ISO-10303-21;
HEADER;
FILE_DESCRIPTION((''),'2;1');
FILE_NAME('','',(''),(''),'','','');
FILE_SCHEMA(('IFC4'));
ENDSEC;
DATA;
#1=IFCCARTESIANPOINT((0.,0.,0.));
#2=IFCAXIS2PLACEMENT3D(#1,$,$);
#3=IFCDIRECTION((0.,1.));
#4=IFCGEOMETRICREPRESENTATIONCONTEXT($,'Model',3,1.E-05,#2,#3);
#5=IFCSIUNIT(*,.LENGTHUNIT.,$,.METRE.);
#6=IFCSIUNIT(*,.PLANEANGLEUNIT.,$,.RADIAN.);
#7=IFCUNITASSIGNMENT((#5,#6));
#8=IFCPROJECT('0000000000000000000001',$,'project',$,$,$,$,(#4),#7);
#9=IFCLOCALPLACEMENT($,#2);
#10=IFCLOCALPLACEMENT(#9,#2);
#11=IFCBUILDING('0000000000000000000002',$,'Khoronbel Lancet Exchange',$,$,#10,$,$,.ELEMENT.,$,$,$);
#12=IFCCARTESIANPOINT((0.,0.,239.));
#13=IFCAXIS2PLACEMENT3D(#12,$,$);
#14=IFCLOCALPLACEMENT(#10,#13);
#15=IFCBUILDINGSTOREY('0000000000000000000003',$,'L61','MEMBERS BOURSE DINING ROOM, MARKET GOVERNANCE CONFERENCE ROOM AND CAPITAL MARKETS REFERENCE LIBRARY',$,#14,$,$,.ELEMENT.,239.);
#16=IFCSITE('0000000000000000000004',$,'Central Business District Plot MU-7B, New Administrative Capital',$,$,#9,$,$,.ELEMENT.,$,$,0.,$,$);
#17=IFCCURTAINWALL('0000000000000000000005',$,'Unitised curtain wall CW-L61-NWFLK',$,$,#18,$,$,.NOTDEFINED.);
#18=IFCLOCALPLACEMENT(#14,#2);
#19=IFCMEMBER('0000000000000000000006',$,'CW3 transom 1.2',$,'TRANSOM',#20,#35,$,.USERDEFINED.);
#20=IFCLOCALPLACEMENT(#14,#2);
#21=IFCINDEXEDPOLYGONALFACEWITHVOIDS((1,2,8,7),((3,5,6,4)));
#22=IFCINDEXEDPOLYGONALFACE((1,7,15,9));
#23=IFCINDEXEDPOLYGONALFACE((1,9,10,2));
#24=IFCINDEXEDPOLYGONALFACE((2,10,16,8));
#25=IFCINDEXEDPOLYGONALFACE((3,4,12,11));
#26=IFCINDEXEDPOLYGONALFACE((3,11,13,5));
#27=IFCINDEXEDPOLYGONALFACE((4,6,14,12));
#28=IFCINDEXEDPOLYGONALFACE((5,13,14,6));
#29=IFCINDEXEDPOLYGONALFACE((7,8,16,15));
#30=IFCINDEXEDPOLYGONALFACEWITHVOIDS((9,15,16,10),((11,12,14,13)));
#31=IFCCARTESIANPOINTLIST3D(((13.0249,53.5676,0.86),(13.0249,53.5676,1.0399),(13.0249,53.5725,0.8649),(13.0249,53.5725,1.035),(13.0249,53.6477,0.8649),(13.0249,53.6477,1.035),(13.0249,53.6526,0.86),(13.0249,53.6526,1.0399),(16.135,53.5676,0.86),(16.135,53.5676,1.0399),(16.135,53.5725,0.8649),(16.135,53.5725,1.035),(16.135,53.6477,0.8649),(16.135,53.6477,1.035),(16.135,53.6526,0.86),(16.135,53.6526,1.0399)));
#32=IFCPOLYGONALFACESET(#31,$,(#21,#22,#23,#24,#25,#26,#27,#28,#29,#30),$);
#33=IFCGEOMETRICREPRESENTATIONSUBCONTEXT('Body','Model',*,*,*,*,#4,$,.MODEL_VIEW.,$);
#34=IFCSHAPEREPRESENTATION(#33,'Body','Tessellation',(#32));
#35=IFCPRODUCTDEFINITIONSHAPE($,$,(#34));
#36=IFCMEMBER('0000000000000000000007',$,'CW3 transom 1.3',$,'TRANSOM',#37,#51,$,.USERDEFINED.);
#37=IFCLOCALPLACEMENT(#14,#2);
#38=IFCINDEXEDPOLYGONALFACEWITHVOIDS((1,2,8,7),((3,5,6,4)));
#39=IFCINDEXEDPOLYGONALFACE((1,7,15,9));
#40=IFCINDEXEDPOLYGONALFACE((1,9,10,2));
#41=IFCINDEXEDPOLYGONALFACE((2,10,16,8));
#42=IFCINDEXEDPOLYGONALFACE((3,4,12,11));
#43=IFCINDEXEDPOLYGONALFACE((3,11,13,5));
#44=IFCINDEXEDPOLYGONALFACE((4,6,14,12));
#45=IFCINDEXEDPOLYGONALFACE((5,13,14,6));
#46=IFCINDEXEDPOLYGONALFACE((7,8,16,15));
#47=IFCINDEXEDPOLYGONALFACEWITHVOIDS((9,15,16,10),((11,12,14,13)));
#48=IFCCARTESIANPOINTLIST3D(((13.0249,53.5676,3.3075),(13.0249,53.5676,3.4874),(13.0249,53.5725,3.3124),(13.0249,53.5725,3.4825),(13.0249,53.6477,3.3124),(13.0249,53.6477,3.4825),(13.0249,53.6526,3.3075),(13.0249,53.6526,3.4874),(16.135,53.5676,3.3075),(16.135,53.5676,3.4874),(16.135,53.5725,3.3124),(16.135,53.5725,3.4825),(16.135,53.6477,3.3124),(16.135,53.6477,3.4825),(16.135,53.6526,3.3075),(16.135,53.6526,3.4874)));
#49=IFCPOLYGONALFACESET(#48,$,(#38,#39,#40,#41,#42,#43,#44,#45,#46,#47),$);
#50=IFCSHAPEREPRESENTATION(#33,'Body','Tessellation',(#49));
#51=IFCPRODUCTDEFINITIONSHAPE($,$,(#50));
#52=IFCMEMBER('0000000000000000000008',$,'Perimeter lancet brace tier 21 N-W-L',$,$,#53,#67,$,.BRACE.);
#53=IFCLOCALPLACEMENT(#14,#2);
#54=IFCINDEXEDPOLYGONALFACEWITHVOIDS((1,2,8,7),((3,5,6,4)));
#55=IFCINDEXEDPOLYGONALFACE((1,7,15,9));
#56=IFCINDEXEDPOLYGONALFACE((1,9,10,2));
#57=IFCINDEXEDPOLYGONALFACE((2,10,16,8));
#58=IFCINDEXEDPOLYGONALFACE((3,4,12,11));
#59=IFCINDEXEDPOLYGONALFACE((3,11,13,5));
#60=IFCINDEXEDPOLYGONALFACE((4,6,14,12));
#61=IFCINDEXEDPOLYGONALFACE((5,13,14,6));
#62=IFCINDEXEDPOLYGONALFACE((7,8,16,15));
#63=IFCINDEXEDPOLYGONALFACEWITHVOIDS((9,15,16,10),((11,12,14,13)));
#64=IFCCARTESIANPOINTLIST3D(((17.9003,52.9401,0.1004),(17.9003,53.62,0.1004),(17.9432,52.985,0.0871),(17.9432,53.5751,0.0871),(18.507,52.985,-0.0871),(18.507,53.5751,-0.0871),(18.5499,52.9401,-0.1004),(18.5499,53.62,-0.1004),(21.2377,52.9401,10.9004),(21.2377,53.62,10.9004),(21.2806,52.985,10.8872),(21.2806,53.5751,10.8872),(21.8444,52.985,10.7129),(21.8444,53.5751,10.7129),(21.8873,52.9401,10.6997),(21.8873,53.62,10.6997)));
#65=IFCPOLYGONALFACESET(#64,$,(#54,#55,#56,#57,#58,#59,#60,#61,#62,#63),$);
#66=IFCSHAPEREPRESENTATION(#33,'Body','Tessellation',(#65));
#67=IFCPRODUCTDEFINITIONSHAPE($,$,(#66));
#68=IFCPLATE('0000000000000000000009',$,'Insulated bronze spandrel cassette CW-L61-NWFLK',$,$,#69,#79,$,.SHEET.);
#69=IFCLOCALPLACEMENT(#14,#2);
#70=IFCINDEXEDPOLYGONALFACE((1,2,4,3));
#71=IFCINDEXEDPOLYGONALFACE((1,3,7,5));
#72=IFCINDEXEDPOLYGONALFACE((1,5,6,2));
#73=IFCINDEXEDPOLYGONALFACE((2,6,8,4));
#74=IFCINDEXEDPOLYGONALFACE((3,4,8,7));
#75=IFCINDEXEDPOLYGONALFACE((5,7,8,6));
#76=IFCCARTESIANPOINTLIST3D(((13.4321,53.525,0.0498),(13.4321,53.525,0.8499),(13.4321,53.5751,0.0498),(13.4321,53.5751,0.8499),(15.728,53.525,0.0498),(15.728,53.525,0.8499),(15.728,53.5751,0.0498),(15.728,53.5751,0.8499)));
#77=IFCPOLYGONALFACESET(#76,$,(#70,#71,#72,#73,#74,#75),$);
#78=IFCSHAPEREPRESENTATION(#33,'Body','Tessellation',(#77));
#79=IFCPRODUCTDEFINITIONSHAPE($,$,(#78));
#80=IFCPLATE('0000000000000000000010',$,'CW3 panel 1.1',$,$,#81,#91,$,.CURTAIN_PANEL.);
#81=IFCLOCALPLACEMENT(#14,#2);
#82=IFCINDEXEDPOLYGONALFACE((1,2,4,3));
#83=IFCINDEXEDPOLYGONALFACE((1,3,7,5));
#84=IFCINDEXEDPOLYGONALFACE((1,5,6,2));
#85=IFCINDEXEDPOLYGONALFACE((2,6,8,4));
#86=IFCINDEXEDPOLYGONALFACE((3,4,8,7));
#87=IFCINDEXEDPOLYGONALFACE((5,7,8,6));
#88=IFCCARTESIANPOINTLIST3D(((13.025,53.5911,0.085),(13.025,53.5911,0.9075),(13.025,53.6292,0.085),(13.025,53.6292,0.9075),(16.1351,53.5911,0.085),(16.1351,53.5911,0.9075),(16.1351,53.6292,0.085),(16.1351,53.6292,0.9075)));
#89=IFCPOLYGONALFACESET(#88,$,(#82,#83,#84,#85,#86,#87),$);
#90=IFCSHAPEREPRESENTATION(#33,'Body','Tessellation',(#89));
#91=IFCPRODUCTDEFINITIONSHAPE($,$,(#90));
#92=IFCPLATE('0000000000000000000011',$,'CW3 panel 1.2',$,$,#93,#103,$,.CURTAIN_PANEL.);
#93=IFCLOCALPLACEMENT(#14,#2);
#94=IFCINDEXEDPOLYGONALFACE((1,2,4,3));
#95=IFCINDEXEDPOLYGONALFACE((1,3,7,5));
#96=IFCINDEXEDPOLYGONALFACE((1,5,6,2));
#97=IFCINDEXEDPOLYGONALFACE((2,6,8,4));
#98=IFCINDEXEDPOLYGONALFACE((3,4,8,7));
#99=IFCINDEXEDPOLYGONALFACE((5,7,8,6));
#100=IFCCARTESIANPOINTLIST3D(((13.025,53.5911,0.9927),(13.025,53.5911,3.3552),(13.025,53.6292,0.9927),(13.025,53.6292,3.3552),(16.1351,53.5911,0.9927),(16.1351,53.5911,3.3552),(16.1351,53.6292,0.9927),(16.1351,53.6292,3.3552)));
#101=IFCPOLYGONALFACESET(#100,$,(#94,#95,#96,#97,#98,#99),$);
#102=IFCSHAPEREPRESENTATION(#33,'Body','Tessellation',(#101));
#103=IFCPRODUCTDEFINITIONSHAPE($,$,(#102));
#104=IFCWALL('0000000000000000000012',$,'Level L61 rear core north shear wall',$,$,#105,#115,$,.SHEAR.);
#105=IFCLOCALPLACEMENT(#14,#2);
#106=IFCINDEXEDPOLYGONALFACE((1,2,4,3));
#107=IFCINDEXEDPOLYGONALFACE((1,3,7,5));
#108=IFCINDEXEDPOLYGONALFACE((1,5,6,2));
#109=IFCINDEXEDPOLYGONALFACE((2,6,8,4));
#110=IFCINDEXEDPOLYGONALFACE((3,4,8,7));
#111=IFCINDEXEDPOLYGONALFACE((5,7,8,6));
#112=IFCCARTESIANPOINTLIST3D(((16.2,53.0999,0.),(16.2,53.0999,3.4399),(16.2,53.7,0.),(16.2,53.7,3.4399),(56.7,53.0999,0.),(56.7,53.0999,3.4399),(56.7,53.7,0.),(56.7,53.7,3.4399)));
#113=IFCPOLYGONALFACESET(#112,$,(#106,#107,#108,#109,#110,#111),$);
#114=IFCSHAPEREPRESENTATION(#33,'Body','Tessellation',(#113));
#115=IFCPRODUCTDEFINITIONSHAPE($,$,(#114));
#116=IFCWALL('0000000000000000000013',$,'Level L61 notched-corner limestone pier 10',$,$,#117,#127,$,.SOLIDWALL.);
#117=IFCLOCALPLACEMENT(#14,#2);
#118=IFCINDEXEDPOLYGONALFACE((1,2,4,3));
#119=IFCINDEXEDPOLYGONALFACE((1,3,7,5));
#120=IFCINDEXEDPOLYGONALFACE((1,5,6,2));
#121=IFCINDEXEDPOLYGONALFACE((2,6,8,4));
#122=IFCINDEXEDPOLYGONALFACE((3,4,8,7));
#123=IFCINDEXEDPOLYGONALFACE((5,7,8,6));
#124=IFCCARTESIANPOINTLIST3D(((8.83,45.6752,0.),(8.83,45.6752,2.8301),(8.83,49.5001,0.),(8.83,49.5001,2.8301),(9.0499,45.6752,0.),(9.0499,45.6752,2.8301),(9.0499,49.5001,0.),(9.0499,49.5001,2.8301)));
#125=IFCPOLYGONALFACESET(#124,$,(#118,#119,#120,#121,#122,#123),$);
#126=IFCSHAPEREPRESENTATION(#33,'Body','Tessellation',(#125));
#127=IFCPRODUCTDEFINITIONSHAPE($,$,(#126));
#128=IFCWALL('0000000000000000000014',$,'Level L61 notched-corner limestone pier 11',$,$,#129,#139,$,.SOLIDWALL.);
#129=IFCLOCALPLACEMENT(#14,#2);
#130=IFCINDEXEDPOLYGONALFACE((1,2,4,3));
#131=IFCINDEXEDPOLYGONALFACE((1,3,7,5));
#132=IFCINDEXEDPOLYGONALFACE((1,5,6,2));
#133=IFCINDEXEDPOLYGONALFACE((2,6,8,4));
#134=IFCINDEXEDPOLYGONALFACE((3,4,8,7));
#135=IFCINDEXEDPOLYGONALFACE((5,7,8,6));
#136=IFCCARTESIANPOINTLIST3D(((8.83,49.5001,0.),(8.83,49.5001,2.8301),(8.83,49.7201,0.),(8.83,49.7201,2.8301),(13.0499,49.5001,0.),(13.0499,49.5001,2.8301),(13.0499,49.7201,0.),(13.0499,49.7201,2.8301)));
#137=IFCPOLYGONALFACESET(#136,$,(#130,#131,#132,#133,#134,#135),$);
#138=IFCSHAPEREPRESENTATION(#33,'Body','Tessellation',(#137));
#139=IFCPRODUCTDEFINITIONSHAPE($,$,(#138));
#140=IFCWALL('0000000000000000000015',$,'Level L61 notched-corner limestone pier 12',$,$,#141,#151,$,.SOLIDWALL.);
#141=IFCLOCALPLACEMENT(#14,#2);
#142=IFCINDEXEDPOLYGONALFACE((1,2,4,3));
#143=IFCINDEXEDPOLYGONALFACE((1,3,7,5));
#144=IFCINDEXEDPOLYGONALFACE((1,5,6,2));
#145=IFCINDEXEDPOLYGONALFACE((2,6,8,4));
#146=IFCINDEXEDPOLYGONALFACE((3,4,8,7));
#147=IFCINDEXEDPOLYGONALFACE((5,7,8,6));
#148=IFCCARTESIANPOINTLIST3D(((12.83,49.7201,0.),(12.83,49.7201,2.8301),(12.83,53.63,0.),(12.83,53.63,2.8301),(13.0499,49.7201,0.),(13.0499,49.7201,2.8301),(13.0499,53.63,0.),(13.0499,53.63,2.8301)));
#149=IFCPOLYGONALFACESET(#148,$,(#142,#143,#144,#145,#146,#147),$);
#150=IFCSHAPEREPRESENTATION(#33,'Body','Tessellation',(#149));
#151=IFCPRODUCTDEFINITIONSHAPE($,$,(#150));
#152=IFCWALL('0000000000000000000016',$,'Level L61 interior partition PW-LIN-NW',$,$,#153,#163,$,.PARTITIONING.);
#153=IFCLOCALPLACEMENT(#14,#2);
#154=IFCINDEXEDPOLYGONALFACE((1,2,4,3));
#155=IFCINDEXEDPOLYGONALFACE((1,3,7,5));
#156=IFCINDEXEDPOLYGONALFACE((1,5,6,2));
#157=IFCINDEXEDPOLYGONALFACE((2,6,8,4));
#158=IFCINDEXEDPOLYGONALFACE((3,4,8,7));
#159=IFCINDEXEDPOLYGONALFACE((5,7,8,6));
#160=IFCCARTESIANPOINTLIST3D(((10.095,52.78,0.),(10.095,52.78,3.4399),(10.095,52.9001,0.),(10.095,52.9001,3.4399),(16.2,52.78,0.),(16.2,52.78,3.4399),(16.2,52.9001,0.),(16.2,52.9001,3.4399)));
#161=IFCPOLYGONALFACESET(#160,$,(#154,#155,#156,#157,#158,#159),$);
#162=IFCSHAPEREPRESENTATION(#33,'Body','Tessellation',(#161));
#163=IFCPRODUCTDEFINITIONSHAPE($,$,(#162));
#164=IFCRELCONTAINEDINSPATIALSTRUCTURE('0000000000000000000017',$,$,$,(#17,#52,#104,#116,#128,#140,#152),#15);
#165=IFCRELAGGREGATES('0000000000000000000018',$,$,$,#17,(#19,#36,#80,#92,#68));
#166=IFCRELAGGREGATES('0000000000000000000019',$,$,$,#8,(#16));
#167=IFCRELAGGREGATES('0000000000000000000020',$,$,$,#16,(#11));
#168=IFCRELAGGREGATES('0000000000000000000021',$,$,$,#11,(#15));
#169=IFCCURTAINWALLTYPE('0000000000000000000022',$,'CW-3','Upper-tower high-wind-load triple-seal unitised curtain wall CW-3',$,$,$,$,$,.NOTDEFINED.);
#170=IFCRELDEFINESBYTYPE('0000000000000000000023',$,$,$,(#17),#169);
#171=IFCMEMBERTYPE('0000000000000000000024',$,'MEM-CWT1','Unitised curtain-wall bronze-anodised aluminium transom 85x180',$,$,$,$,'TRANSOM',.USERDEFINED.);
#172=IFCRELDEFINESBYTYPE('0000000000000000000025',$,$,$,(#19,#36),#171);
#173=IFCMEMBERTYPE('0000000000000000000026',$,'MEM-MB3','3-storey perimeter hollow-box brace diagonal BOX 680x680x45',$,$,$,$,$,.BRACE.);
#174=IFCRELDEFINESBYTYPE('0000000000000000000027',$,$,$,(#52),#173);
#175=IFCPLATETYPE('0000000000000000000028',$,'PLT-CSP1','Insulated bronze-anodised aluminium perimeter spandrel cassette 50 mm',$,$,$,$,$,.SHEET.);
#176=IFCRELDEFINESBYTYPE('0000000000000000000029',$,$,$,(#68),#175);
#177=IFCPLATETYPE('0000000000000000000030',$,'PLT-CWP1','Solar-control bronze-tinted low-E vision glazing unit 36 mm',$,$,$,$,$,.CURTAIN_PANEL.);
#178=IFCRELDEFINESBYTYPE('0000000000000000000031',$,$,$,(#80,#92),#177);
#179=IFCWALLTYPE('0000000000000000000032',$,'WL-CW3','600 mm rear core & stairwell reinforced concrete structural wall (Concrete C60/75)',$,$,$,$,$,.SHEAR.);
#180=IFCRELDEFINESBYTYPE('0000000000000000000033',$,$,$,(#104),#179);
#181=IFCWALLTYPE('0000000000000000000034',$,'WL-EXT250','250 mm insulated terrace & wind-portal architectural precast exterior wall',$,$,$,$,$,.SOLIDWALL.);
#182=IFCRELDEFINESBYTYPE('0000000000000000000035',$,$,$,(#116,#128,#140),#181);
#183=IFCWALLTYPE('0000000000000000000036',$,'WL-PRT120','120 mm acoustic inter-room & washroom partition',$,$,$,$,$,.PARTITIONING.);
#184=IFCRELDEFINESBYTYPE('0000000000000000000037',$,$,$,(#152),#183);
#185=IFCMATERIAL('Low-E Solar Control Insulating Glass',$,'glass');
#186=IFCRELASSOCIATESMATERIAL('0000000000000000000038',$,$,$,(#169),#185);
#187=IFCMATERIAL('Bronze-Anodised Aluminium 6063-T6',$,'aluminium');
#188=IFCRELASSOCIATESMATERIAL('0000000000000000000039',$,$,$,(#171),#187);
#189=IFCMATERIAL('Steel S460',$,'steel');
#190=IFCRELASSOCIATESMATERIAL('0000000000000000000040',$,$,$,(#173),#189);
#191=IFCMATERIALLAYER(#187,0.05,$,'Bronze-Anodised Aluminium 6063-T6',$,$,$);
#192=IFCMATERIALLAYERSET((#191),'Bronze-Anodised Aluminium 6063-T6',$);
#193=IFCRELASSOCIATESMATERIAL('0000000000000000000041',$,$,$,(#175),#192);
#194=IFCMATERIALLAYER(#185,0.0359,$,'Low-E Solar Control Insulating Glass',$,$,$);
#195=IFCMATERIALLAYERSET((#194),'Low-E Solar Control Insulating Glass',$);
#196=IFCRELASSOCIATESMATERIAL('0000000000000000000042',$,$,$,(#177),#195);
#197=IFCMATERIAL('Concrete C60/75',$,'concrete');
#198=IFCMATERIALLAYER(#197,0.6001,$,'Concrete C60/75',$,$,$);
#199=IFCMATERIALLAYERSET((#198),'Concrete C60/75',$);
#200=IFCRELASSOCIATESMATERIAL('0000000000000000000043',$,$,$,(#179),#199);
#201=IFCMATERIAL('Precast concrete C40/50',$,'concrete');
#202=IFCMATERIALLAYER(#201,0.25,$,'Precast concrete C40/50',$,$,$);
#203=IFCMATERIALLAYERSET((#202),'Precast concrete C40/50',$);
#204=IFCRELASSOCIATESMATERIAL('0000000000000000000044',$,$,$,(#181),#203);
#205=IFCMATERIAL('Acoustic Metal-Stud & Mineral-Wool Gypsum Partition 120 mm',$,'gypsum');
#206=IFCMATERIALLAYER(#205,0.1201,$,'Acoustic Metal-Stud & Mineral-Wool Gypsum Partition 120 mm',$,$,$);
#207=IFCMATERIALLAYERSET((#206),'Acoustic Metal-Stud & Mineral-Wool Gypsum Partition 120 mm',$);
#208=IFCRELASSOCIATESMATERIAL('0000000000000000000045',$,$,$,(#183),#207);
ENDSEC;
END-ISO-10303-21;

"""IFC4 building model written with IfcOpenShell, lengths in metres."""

from ifc_helpers import new_model, si_unit, direction, frame, frame_2d, origin, origin_2d, place, context, subcontext, project, spatial, rectangle, hollow_rectangle, extrude, material, layer, layer_set, material_profile, profile_set, type_object, element, aggregate, save


model = new_model("IFC4")

# Units and contexts
model_context = context("Model", 3, precision=1e-05, world=origin(), true_north=direction((0.0, 1.0)))
body_context = subcontext(model_context, "Body", "Model", "MODEL_VIEW")
ifc_project = project(units=[si_unit("LENGTHUNIT", "METRE"), si_unit("PLANEANGLEUNIT", "RADIAN")], contexts=[model_context])

# Site, building, storey
site_placement = place(None, origin())
site = spatial("IfcSite", under=ifc_project, at=site_placement, Name="Central Business District Plot MU-7B, New Administrative Capital", CompositionType="ELEMENT", RefElevation=0.0)
building_placement = place(site_placement, origin())
building = spatial("IfcBuilding", under=site, at=building_placement, Name="Khoronbel Lancet Exchange", CompositionType="ELEMENT")
storey_placement = place(building_placement, frame((0.0, 0.0, 239.0)))
storey = spatial("IfcBuildingStorey", under=building, at=storey_placement, Name="L61", Description="MEMBERS BOURSE DINING ROOM, MARKET GOVERNANCE CONFERENCE ROOM AND CAPITAL MARKETS REFERENCE LIBRARY", CompositionType="ELEMENT", Elevation=239.0)

# Shared definitions
ifc_material_1 = material(Name="Steel S460", Category="steel")

# Curtain wall
ifc_material_2 = material(Name="Low-E Solar Control Insulating Glass", Category="glass")
curtain_wall_type_1 = type_object("IfcCurtainWallType", Name="CW-3", Description="Upper-tower high-wind-load triple-seal unitised curtain wall CW-3", PredefinedType="NOTDEFINED", material=ifc_material_2)
curtain_wall_1_placement = place(storey_placement, origin())
curtain_wall_1 = element("IfcCurtainWall", 1, at=curtain_wall_1_placement, inside=storey, type_object=curtain_wall_type_1, Name="Unitised curtain wall CW-L61-NWFLK", PredefinedType="NOTDEFINED")
ifc_material_3 = material(Name="Bronze-Anodised Aluminium 6063-T6", Category="aluminium")

# Members
ifc_material_profile_1 = material_profile(ifc_material_3, hollow_rectangle(XDim=0.085, YDim=0.1799, WallThickness=0.0049, at=origin_2d()), Name="ALU TRANSOM 85x180")
ifc_profile_set_1 = profile_set([ifc_material_profile_1], Name="Bronze-Anodised Aluminium 6063-T6")
member_type_1 = type_object("IfcMemberType", Name="MEM-CWT1", Description="Unitised curtain-wall bronze-anodised aluminium transom 85x180", ElementType="TRANSOM", PredefinedType="USERDEFINED", material=ifc_profile_set_1)
member_1_placement = place(storey_placement, frame((16.135, 53.6101, 0.95), z_axis=(-1.0, 0.0, 0.0), x_axis=(0.0, -1.0, 0.0)))
member_1 = element("IfcMember", 2, at=member_1_placement, type_object=member_type_1, Name="CW3 transom 1.2", ObjectType="TRANSOM", PredefinedType="USERDEFINED", context=body_context, shape_type="SweptSolid", body=[
    extrude(hollow_rectangle(XDim=0.085, YDim=0.1799, WallThickness=0.0049, at=origin_2d()), origin(), (0.0, 0.0, 1.0), 3.1101),
])
member_2_placement = place(storey_placement, frame((16.135, 53.6101, 3.3975), z_axis=(-1.0, 0.0, 0.0), x_axis=(0.0, -1.0, 0.0)))
member_2 = element("IfcMember", 3, at=member_2_placement, type_object=member_type_1, Name="CW3 transom 1.3", ObjectType="TRANSOM", PredefinedType="USERDEFINED", context=body_context, shape_type="SweptSolid", body=[
    extrude(hollow_rectangle(XDim=0.085, YDim=0.1799, WallThickness=0.0049, at=origin_2d()), origin(), (0.0, 0.0, 1.0), 3.1101),
])
ifc_material_profile_2 = material_profile(ifc_material_1, hollow_rectangle(XDim=0.6799, YDim=0.6799, WallThickness=0.0449, at=origin_2d()), Name="BOX 680x680x45")
ifc_profile_set_2 = profile_set([ifc_material_profile_2], Name="Steel S460")
member_type_2 = type_object("IfcMemberType", Name="MEM-MB3", Description="3-storey perimeter hollow-box brace diagonal BOX 680x680x45", PredefinedType="BRACE", material=ifc_profile_set_2)
member_3_placement = place(storey_placement, frame((18.2251, 53.28, 0.0), z_axis=(0.295242, 0.0, 0.955422), x_axis=(0.0, 1.0, 0.0)))
element("IfcMember", 4, at=member_3_placement, inside=storey, type_object=member_type_2, Name="Perimeter lancet brace tier 21 N-W-L", PredefinedType="BRACE", context=body_context, shape_type="SweptSolid", body=[
    extrude(hollow_rectangle(XDim=0.6799, YDim=0.6799, WallThickness=0.0449, at=origin_2d()), origin(), (0.0, 0.0, 1.0), 11.304),
])

# Plates
ifc_layer_1 = layer(ifc_material_3, 0.05, Name="Bronze-Anodised Aluminium 6063-T6")
ifc_layer_set_1 = layer_set([ifc_layer_1], Name="Bronze-Anodised Aluminium 6063-T6")
plate_type_1 = type_object("IfcPlateType", Name="PLT-CSP1", Description="Insulated bronze-anodised aluminium perimeter spandrel cassette 50 mm", PredefinedType="SHEET", material=ifc_layer_set_1)
plate_1_placement = place(storey_placement, frame((14.5801, 53.55, 0.0498), z_axis=(0.0, 0.0, 1.0), x_axis=(-1.0, 0.0, 0.0)))
plate_1 = element("IfcPlate", 5, at=plate_1_placement, type_object=plate_type_1, Name="Insulated bronze spandrel cassette CW-L61-NWFLK", PredefinedType="SHEET", context=body_context, shape_type="SweptSolid", body=[
    extrude(rectangle(XDim=2.2959, YDim=0.05, at=origin_2d()), origin(), (0.0, 0.0, 1.0), 0.8),
])
ifc_layer_2 = layer(ifc_material_2, 0.0359, Name="Low-E Solar Control Insulating Glass")
ifc_layer_set_2 = layer_set([ifc_layer_2], Name="Low-E Solar Control Insulating Glass")
plate_type_2 = type_object("IfcPlateType", Name="PLT-CWP1", Description="Solar-control bronze-tinted low-E vision glazing unit 36 mm", PredefinedType="CURTAIN_PANEL", material=ifc_layer_set_2)
plate_2_placement = place(storey_placement, frame((14.5801, 53.6101, 0.085), z_axis=(0.0, 0.0, 1.0), x_axis=(-1.0, 0.0, 0.0)))
plate_2 = element("IfcPlate", 6, at=plate_2_placement, type_object=plate_type_2, Name="CW3 panel 1.1", PredefinedType="CURTAIN_PANEL", context=body_context, shape_type="SweptSolid", body=[
    extrude(rectangle(XDim=3.1101, YDim=0.0381, at=origin_2d()), origin(), (0.0, 0.0, 1.0), 0.8225),
])
plate_3_placement = place(storey_placement, frame((14.5801, 53.6101, 0.9927), z_axis=(0.0, 0.0, 1.0), x_axis=(-1.0, 0.0, 0.0)))
plate_3 = element("IfcPlate", 7, at=plate_3_placement, type_object=plate_type_2, Name="CW3 panel 1.2", PredefinedType="CURTAIN_PANEL", context=body_context, shape_type="SweptSolid", body=[
    extrude(rectangle(XDim=3.1101, YDim=0.0381, at=origin_2d()), origin(), (0.0, 0.0, 1.0), 2.3625),
])
aggregate(curtain_wall_1, [member_1, member_2, plate_2, plate_3, plate_1])

# Walls
ifc_material_4 = material(Name="Concrete C60/75", Category="concrete")
ifc_layer_3 = layer(ifc_material_4, 0.6001, Name="Concrete C60/75")
ifc_layer_set_3 = layer_set([ifc_layer_3], Name="Concrete C60/75")
wall_type_1 = type_object("IfcWallType", Name="WL-CW3", Description="600 mm rear core & stairwell reinforced concrete structural wall (Concrete C60/75)", PredefinedType="SHEAR", material=ifc_layer_set_3)
wall_1_placement = place(storey_placement, frame((16.2, 53.3999, 0.0), z_axis=(0.0, 0.0, 1.0), x_axis=(1.0, 0.0, 0.0)))
element("IfcWall", 8, at=wall_1_placement, inside=storey, type_object=wall_type_1, Name="Level L61 rear core north shear wall", PredefinedType="SHEAR", context=body_context, shape_type="SweptSolid", body=[
    extrude(rectangle(XDim=40.5, YDim=0.6001, at=frame_2d((20.25, 0.0))), origin(), (0.0, 0.0, 1.0), 3.4399),
])
ifc_material_5 = material(Name="Precast concrete C40/50", Category="concrete")
ifc_layer_4 = layer(ifc_material_5, 0.25, Name="Precast concrete C40/50")
ifc_layer_set_4 = layer_set([ifc_layer_4], Name="Precast concrete C40/50")
wall_type_2 = type_object("IfcWallType", Name="WL-EXT250", Description="250 mm insulated terrace & wind-portal architectural precast exterior wall", PredefinedType="SOLIDWALL", material=ifc_layer_set_4)
wall_2_placement = place(storey_placement, frame((8.9399, 45.675, 0.0), z_axis=(0.0, 0.0, 1.0), x_axis=(0.0, 1.0, 0.0)))
element("IfcWall", 9, at=wall_2_placement, inside=storey, type_object=wall_type_2, Name="Level L61 notched-corner limestone pier 10", PredefinedType="SOLIDWALL", context=body_context, shape_type="SweptSolid", body=[
    extrude(rectangle(XDim=3.825, YDim=0.22, at=frame_2d((1.9126, 0.0))), origin(), (0.0, 0.0, 1.0), 2.8301),
])
wall_3_placement = place(storey_placement, frame((8.8301, 49.6101, 0.0), z_axis=(0.0, 0.0, 1.0), x_axis=(1.0, 0.0, 0.0)))
element("IfcWall", 10, at=wall_3_placement, inside=storey, type_object=wall_type_2, Name="Level L61 notched-corner limestone pier 11", PredefinedType="SOLIDWALL", context=body_context, shape_type="SweptSolid", body=[
    extrude(rectangle(XDim=4.22, YDim=0.22, at=frame_2d((2.1099, 0.0))), origin(), (0.0, 0.0, 1.0), 2.8301),
])
wall_4_placement = place(storey_placement, frame((12.9399, 49.72, 0.0), z_axis=(0.0, 0.0, 1.0), x_axis=(0.0, 1.0, 0.0)))
element("IfcWall", 11, at=wall_4_placement, inside=storey, type_object=wall_type_2, Name="Level L61 notched-corner limestone pier 12", PredefinedType="SOLIDWALL", context=body_context, shape_type="SweptSolid", body=[
    extrude(rectangle(XDim=3.9099, YDim=0.22, at=frame_2d((1.9551, 0.0))), origin(), (0.0, 0.0, 1.0), 2.8301),
])
ifc_material_6 = material(Name="Acoustic Metal-Stud & Mineral-Wool Gypsum Partition 120 mm", Category="gypsum")
ifc_layer_5 = layer(ifc_material_6, 0.1201, Name="Acoustic Metal-Stud & Mineral-Wool Gypsum Partition 120 mm")
ifc_layer_set_5 = layer_set([ifc_layer_5], Name="Acoustic Metal-Stud & Mineral-Wool Gypsum Partition 120 mm")
wall_type_3 = type_object("IfcWallType", Name="WL-PRT120", Description="120 mm acoustic inter-room & washroom partition", PredefinedType="PARTITIONING", material=ifc_layer_set_5)
wall_5_placement = place(storey_placement, frame((10.095, 52.8401, 0.0), z_axis=(0.0, 0.0, 1.0), x_axis=(1.0, 0.0, 0.0)))
element("IfcWall", 12, at=wall_5_placement, inside=storey, type_object=wall_type_3, Name="Level L61 interior partition PW-LIN-NW", PredefinedType="PARTITIONING", context=body_context, shape_type="SweptSolid", body=[
    extrude(rectangle(XDim=6.105, YDim=0.1201, at=frame_2d((3.0525, 0.0))), origin(), (0.0, 0.0, 1.0), 3.4399),
])

save(model, "model.ifc")
